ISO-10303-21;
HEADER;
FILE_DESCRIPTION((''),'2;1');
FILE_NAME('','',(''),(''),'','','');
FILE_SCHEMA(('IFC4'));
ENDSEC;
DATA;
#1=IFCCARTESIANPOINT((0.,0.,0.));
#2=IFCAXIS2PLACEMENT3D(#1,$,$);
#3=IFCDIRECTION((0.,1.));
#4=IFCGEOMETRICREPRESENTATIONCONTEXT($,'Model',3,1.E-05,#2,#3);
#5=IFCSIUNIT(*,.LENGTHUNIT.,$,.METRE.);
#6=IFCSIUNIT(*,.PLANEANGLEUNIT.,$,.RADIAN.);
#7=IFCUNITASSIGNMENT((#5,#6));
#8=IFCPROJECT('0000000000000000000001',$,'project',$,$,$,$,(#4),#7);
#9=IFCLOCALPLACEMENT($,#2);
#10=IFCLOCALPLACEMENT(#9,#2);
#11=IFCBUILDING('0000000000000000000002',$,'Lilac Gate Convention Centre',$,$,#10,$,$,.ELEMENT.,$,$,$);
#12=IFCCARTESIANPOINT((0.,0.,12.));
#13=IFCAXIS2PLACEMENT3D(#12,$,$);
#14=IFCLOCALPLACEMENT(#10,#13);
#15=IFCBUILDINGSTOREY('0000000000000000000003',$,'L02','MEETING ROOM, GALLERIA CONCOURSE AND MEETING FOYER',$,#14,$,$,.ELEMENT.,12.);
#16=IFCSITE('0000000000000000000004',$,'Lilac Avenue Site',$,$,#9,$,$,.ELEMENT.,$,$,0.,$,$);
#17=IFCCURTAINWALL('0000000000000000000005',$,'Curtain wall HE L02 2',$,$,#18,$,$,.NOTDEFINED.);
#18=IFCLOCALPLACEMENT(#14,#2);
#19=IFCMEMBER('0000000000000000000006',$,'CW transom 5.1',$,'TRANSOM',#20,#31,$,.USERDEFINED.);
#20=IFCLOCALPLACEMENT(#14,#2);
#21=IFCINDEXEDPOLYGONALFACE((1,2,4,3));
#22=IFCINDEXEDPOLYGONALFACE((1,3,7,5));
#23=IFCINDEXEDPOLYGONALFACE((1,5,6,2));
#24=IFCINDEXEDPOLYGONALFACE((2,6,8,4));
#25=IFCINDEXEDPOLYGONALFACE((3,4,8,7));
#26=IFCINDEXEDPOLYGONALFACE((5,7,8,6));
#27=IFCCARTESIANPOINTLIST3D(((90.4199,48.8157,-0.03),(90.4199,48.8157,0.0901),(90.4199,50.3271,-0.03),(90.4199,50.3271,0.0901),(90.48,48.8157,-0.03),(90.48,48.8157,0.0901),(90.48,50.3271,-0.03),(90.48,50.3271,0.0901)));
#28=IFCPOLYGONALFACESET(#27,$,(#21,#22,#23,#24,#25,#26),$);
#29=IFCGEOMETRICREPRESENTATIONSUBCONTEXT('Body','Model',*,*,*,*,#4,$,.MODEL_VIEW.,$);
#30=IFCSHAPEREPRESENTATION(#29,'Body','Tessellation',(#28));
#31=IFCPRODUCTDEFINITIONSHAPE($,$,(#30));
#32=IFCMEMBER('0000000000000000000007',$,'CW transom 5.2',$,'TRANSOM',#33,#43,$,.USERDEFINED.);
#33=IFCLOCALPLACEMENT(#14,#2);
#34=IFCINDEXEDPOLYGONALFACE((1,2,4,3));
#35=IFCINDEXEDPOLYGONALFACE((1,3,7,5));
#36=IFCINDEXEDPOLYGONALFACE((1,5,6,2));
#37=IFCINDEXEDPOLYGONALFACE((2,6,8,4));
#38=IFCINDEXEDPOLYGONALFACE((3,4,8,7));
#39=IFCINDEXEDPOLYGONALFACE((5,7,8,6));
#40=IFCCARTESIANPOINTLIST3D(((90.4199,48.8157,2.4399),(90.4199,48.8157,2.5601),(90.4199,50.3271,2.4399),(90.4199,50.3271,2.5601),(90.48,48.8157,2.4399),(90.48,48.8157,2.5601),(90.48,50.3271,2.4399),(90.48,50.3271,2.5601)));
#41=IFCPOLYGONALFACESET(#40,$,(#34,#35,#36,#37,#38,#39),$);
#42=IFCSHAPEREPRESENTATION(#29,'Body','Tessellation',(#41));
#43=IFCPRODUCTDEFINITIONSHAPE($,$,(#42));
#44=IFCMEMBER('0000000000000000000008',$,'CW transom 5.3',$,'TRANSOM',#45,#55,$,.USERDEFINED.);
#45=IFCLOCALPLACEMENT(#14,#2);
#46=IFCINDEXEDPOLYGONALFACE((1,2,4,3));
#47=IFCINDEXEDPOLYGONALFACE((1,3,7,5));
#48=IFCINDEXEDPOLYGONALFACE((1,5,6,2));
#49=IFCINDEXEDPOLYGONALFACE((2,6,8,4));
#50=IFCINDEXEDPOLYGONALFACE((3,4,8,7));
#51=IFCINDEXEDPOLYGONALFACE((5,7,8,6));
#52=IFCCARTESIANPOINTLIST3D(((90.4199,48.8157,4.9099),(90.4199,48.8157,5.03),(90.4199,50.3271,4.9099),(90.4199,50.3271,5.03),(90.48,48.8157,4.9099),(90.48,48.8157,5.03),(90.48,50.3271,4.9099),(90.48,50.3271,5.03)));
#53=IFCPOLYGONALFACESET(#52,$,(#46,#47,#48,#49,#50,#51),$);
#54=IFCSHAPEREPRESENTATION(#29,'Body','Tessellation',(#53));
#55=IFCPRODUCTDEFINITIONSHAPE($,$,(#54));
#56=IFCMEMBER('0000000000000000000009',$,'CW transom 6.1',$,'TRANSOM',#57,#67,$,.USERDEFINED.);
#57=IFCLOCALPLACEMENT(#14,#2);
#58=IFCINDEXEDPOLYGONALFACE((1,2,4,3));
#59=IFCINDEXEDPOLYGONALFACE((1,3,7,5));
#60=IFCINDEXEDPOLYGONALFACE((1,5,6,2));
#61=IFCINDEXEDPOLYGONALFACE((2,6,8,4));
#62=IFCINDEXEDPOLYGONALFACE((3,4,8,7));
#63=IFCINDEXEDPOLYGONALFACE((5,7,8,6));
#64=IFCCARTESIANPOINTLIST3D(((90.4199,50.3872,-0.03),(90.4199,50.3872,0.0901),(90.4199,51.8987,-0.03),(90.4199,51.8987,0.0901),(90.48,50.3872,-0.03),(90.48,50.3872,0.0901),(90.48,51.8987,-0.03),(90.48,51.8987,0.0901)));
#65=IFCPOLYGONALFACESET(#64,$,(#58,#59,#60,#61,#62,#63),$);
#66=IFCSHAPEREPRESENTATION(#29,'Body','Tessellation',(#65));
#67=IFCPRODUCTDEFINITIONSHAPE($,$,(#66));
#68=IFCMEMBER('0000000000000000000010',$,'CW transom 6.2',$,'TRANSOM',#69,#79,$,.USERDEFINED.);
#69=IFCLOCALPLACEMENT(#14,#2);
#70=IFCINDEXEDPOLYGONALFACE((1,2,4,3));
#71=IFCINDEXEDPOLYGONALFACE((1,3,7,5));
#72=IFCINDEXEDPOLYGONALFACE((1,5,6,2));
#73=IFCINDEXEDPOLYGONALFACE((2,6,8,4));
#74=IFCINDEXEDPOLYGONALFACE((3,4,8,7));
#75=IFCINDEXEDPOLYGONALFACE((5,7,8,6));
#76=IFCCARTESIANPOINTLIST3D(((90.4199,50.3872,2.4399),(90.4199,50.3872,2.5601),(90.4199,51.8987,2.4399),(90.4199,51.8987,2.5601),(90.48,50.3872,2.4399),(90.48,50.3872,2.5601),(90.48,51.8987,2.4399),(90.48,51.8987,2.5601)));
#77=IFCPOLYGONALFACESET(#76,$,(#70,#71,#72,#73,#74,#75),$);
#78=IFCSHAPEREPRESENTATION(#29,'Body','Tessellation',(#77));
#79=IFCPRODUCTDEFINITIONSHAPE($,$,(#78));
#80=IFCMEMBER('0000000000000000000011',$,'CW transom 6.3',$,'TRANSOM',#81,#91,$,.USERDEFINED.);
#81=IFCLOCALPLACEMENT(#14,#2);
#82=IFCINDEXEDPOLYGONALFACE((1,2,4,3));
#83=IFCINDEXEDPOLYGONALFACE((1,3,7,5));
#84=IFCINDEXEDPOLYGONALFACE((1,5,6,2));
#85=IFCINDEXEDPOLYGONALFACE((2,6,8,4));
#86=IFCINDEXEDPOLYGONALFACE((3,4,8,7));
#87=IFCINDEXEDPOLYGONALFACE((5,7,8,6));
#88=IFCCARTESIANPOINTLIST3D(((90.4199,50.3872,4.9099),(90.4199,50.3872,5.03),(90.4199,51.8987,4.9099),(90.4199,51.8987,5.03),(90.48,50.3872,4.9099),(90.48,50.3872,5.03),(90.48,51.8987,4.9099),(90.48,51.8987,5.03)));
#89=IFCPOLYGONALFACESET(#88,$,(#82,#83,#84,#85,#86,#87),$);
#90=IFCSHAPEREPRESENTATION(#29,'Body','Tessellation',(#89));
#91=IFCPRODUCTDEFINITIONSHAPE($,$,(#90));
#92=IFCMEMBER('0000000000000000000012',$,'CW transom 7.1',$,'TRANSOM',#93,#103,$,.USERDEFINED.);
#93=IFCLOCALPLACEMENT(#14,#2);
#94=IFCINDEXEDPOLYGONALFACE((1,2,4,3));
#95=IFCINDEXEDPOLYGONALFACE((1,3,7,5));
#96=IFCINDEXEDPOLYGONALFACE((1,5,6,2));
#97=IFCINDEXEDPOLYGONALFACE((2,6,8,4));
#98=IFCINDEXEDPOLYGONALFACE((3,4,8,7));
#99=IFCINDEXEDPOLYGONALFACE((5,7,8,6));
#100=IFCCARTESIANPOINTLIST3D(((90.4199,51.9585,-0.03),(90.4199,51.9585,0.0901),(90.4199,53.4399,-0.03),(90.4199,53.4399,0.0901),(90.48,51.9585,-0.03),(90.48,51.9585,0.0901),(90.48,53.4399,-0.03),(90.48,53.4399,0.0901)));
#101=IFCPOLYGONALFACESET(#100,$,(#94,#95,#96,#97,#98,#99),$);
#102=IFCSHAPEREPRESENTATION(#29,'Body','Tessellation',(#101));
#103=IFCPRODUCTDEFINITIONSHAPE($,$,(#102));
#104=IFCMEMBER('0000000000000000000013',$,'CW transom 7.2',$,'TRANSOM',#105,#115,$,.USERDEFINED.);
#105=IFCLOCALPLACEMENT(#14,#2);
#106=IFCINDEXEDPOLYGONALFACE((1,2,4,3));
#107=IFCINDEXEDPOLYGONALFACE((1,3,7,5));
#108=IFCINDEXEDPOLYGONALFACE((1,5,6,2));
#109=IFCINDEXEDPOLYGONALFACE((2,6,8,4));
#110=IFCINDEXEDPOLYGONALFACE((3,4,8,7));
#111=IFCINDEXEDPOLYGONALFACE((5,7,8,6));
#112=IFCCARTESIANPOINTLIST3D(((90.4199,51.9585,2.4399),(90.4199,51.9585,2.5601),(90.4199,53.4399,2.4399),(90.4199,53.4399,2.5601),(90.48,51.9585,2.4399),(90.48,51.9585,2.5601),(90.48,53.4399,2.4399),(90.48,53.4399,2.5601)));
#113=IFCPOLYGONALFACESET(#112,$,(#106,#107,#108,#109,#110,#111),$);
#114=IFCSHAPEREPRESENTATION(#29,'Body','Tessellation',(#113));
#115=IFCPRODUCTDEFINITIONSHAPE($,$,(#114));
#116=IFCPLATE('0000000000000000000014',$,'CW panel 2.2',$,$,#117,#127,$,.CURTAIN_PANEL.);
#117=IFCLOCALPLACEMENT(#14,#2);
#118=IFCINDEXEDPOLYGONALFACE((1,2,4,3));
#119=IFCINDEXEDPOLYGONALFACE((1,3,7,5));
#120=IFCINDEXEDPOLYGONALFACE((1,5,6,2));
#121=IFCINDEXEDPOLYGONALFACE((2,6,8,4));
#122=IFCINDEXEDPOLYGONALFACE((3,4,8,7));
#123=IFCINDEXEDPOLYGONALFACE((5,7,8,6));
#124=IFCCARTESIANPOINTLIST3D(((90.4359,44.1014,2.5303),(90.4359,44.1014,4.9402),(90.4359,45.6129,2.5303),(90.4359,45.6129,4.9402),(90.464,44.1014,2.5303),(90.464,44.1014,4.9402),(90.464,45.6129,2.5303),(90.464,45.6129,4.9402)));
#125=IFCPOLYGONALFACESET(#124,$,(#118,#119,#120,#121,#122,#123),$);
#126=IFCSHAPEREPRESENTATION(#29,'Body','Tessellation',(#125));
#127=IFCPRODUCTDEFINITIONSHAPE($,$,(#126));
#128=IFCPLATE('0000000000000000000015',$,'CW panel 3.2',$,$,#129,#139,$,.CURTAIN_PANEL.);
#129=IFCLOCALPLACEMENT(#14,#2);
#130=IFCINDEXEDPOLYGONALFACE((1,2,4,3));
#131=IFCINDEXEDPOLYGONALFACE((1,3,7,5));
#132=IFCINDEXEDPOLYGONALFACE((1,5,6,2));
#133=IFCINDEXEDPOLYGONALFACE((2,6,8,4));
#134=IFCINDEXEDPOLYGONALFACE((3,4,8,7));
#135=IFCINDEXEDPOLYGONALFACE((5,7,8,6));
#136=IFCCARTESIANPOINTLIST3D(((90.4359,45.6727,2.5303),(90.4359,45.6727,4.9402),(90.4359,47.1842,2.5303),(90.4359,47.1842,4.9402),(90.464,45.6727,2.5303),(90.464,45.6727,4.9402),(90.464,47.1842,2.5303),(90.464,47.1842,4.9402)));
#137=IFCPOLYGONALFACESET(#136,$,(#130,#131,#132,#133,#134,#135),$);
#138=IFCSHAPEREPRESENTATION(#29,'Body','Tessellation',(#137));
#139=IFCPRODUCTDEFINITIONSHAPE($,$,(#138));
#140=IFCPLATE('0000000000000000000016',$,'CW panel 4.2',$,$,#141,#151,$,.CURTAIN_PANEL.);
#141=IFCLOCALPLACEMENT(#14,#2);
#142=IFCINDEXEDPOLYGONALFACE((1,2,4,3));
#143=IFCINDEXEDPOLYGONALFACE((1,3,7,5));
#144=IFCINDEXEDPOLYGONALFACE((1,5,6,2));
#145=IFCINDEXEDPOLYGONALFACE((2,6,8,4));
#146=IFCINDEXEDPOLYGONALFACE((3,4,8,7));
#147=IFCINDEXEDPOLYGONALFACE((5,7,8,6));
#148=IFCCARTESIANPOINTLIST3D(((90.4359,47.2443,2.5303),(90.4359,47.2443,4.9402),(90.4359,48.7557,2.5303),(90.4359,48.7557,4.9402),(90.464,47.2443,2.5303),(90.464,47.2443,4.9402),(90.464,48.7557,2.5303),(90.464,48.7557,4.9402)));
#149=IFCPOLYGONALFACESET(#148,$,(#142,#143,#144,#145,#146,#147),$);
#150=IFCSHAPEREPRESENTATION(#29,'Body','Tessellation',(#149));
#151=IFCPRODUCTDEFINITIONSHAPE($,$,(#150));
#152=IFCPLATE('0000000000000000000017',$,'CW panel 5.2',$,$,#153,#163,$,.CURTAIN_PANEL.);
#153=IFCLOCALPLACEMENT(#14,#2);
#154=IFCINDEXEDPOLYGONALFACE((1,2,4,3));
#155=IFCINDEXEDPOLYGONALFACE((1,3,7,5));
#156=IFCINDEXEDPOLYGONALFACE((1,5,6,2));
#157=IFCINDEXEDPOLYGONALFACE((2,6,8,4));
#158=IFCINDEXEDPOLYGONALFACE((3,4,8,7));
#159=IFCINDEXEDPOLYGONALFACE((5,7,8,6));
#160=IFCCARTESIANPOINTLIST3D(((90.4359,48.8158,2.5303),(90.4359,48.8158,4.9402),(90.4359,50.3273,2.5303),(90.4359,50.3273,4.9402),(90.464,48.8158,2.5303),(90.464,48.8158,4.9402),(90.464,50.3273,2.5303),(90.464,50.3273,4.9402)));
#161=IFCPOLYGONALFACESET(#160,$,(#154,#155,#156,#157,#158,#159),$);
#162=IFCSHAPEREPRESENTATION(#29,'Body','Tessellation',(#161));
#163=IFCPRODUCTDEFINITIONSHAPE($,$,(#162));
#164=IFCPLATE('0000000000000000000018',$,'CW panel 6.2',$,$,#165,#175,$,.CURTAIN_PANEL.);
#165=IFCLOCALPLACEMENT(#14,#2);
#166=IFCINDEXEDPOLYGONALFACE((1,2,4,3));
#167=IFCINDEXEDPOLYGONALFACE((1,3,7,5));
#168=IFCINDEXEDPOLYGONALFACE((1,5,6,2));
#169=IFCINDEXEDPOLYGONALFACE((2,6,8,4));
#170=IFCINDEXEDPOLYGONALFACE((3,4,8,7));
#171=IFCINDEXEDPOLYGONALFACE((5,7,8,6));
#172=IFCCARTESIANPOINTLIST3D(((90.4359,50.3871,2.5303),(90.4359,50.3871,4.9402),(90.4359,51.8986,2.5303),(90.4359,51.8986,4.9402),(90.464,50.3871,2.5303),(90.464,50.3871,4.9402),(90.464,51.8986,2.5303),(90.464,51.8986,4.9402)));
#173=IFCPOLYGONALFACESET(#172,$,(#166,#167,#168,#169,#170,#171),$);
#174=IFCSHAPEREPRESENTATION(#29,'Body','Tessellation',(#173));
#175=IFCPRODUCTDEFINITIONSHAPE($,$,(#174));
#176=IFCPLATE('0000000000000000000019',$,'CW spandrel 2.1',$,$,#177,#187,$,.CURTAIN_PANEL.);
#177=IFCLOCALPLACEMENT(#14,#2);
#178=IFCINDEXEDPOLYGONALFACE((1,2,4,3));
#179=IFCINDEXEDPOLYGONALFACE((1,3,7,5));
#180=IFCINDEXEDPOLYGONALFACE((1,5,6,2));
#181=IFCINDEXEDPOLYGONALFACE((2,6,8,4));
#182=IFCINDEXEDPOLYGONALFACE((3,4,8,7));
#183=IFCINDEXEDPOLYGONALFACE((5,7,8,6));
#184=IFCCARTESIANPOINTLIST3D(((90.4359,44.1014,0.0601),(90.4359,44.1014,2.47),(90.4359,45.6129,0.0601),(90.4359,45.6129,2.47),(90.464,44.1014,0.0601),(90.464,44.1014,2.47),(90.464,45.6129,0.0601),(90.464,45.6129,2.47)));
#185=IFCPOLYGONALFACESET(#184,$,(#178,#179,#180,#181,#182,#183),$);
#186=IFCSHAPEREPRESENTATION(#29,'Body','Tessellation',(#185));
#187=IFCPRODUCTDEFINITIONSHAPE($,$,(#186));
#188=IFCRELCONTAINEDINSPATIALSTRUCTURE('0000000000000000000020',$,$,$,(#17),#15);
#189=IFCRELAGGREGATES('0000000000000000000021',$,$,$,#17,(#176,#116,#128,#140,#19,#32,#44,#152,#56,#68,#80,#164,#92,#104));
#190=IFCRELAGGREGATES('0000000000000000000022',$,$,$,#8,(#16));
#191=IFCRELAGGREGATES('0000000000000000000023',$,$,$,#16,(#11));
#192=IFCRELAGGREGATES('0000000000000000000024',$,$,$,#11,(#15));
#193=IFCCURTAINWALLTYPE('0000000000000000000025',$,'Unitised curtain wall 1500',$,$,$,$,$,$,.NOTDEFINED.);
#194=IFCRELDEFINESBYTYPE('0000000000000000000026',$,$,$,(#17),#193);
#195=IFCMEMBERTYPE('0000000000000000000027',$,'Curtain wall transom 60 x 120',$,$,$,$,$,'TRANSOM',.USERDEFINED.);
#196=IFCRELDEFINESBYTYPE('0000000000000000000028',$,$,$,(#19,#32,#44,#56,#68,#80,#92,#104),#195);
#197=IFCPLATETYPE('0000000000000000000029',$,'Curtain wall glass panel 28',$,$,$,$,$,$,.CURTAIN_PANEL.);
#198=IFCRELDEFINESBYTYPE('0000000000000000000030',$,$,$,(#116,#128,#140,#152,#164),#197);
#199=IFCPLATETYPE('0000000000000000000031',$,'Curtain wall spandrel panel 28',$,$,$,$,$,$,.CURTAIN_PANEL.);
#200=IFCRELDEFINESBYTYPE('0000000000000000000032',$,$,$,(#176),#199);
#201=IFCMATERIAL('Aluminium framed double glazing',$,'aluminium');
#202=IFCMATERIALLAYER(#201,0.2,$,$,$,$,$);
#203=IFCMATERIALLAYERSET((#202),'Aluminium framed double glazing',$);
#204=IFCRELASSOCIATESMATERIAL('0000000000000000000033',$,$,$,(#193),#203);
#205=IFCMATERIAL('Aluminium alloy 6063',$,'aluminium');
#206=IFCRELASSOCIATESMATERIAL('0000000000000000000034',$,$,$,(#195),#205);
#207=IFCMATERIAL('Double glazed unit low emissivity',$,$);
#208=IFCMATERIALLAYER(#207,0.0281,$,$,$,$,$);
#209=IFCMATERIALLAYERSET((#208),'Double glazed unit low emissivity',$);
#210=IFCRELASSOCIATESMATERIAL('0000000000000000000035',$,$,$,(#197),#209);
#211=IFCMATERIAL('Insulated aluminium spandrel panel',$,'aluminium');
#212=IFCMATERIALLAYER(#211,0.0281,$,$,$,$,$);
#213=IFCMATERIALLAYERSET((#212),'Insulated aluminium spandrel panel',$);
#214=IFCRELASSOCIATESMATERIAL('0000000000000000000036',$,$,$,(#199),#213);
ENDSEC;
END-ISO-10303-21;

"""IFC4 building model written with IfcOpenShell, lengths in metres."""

from ifc_helpers import new_model, si_unit, direction, frame, origin, origin_2d, place, context, subcontext, project, spatial, rectangle, extrude, material, layer, layer_set, material_profile, profile_set, type_object, element, aggregate, save


model = new_model("IFC4")

# Units and contexts
model_context = context("Model", 3, precision=1e-05, world=origin(), true_north=direction((0.0, 1.0)))
body_context = subcontext(model_context, "Body", "Model", "MODEL_VIEW")
ifc_project = project(units=[si_unit("LENGTHUNIT", "METRE"), si_unit("PLANEANGLEUNIT", "RADIAN")], contexts=[model_context])

# Site, building, storey
site_placement = place(None, origin())
site = spatial("IfcSite", under=ifc_project, at=site_placement, Name="Lilac Avenue Site", CompositionType="ELEMENT", RefElevation=0.0)
building_placement = place(site_placement, origin())
building = spatial("IfcBuilding", under=site, at=building_placement, Name="Lilac Gate Convention Centre", CompositionType="ELEMENT")
storey_placement = place(building_placement, frame((0.0, 0.0, 12.0)))
storey = spatial("IfcBuildingStorey", under=building, at=storey_placement, Name="L02", Description="MEETING ROOM, GALLERIA CONCOURSE AND MEETING FOYER", CompositionType="ELEMENT", Elevation=12.0)

# Curtain wall, members, plates
ifc_material_1 = material(Name="Aluminium framed double glazing", Category="aluminium")
ifc_layer_1 = layer(ifc_material_1, 0.2)
ifc_layer_set_1 = layer_set([ifc_layer_1], Name="Aluminium framed double glazing")
curtain_wall_type = type_object("IfcCurtainWallType", Name="Unitised curtain wall 1500", PredefinedType="NOTDEFINED", material=ifc_layer_set_1)
curtain_wall_placement = place(storey_placement, origin())
curtain_wall = element("IfcCurtainWall", 1, at=curtain_wall_placement, inside=storey, type_object=curtain_wall_type, Name="Curtain wall HE L02 2", PredefinedType="NOTDEFINED")
ifc_material_2 = material(Name="Aluminium alloy 6063", Category="aluminium")
ifc_material_profile_1 = material_profile(ifc_material_2, rectangle(XDim=0.0601, YDim=0.1201, at=origin_2d()), Name="Curtain wall transom 60 x 120")
ifc_profile_set_1 = profile_set([ifc_material_profile_1], Name="Aluminium alloy 6063")
member_type_1 = type_object("IfcMemberType", Name="Curtain wall transom 60 x 120", ElementType="TRANSOM", PredefinedType="USERDEFINED", material=ifc_profile_set_1)
member_1_placement = place(storey_placement, frame((90.45, 48.8157, 0.03), z_axis=(0.0, 1.0, 0.0), x_axis=(-1.0, 0.0, 0.0)))
member_1 = element("IfcMember", 2, at=member_1_placement, type_object=member_type_1, Name="CW transom 5.1", ObjectType="TRANSOM", PredefinedType="USERDEFINED", context=body_context, shape_type="SweptSolid", body=[
    extrude(rectangle(XDim=0.0601, YDim=0.1201, at=origin_2d()), origin(), (0.0, 0.0, 1.0), 1.5115),
])
member_2_placement = place(storey_placement, frame((90.45, 48.8157, 2.5), z_axis=(0.0, 1.0, 0.0), x_axis=(-1.0, 0.0, 0.0)))
member_2 = element("IfcMember", 3, at=member_2_placement, type_object=member_type_1, Name="CW transom 5.2", ObjectType="TRANSOM", PredefinedType="USERDEFINED", context=body_context, shape_type="SweptSolid", body=[
    extrude(rectangle(XDim=0.0601, YDim=0.1201, at=origin_2d()), origin(), (0.0, 0.0, 1.0), 1.5115),
])
member_3_placement = place(storey_placement, frame((90.45, 48.8157, 4.97), z_axis=(0.0, 1.0, 0.0), x_axis=(-1.0, 0.0, 0.0)))
member_3 = element("IfcMember", 4, at=member_3_placement, type_object=member_type_1, Name="CW transom 5.3", ObjectType="TRANSOM", PredefinedType="USERDEFINED", context=body_context, shape_type="SweptSolid", body=[
    extrude(rectangle(XDim=0.0601, YDim=0.1201, at=origin_2d()), origin(), (0.0, 0.0, 1.0), 1.5115),
])
member_4_placement = place(storey_placement, frame((90.45, 50.3872, 0.03), z_axis=(0.0, 1.0, 0.0), x_axis=(-1.0, 0.0, 0.0)))
member_4 = element("IfcMember", 5, at=member_4_placement, type_object=member_type_1, Name="CW transom 6.1", ObjectType="TRANSOM", PredefinedType="USERDEFINED", context=body_context, shape_type="SweptSolid", body=[
    extrude(rectangle(XDim=0.0601, YDim=0.1201, at=origin_2d()), origin(), (0.0, 0.0, 1.0), 1.5115),
])
member_5_placement = place(storey_placement, frame((90.45, 50.3872, 2.5), z_axis=(0.0, 1.0, 0.0), x_axis=(-1.0, 0.0, 0.0)))
member_5 = element("IfcMember", 6, at=member_5_placement, type_object=member_type_1, Name="CW transom 6.2", ObjectType="TRANSOM", PredefinedType="USERDEFINED", context=body_context, shape_type="SweptSolid", body=[
    extrude(rectangle(XDim=0.0601, YDim=0.1201, at=origin_2d()), origin(), (0.0, 0.0, 1.0), 1.5115),
])
member_6_placement = place(storey_placement, frame((90.45, 50.3872, 4.97), z_axis=(0.0, 1.0, 0.0), x_axis=(-1.0, 0.0, 0.0)))
member_6 = element("IfcMember", 7, at=member_6_placement, type_object=member_type_1, Name="CW transom 6.3", ObjectType="TRANSOM", PredefinedType="USERDEFINED", context=body_context, shape_type="SweptSolid", body=[
    extrude(rectangle(XDim=0.0601, YDim=0.1201, at=origin_2d()), origin(), (0.0, 0.0, 1.0), 1.5115),
])
member_7_placement = place(storey_placement, frame((90.45, 51.9585, 0.03), z_axis=(0.0, 1.0, 0.0), x_axis=(-1.0, 0.0, 0.0)))
member_7 = element("IfcMember", 8, at=member_7_placement, type_object=member_type_1, Name="CW transom 7.1", ObjectType="TRANSOM", PredefinedType="USERDEFINED", context=body_context, shape_type="SweptSolid", body=[
    extrude(rectangle(XDim=0.0601, YDim=0.1201, at=origin_2d()), origin(), (0.0, 0.0, 1.0), 1.4814),
])
member_8_placement = place(storey_placement, frame((90.45, 51.9585, 2.5), z_axis=(0.0, 1.0, 0.0), x_axis=(-1.0, 0.0, 0.0)))
member_8 = element("IfcMember", 9, at=member_8_placement, type_object=member_type_1, Name="CW transom 7.2", ObjectType="TRANSOM", PredefinedType="USERDEFINED", context=body_context, shape_type="SweptSolid", body=[
    extrude(rectangle(XDim=0.0601, YDim=0.1201, at=origin_2d()), origin(), (0.0, 0.0, 1.0), 1.4814),
])
ifc_material_3 = material(Name="Double glazed unit low emissivity")
ifc_layer_2 = layer(ifc_material_3, 0.0281)
ifc_layer_set_2 = layer_set([ifc_layer_2], Name="Double glazed unit low emissivity")
plate_type_1 = type_object("IfcPlateType", Name="Curtain wall glass panel 28", PredefinedType="CURTAIN_PANEL", material=ifc_layer_set_2)
plate_1_placement = place(storey_placement, frame((90.45, 44.8572, 2.5303), z_axis=(0.0, 0.0, 1.0), x_axis=(0.0, 1.0, 0.0)))
plate_1 = element("IfcPlate", 10, at=plate_1_placement, type_object=plate_type_1, Name="CW panel 2.2", PredefinedType="CURTAIN_PANEL", context=body_context, shape_type="SweptSolid", body=[
    extrude(rectangle(XDim=1.5115, YDim=0.0281, at=origin_2d()), origin(), (0.0, 0.0, 1.0), 2.4099),
])
plate_2_placement = place(storey_placement, frame((90.45, 46.4285, 2.5303), z_axis=(0.0, 0.0, 1.0), x_axis=(0.0, 1.0, 0.0)))
plate_2 = element("IfcPlate", 11, at=plate_2_placement, type_object=plate_type_1, Name="CW panel 3.2", PredefinedType="CURTAIN_PANEL", context=body_context, shape_type="SweptSolid", body=[
    extrude(rectangle(XDim=1.5115, YDim=0.0281, at=origin_2d()), origin(), (0.0, 0.0, 1.0), 2.4099),
])
plate_3_placement = place(storey_placement, frame((90.45, 48.0, 2.5303), z_axis=(0.0, 0.0, 1.0), x_axis=(0.0, 1.0, 0.0)))
plate_3 = element("IfcPlate", 12, at=plate_3_placement, type_object=plate_type_1, Name="CW panel 4.2", PredefinedType="CURTAIN_PANEL", context=body_context, shape_type="SweptSolid", body=[
    extrude(rectangle(XDim=1.5115, YDim=0.0281, at=origin_2d()), origin(), (0.0, 0.0, 1.0), 2.4099),
])
plate_4_placement = place(storey_placement, frame((90.45, 49.5715, 2.5303), z_axis=(0.0, 0.0, 1.0), x_axis=(0.0, 1.0, 0.0)))
plate_4 = element("IfcPlate", 13, at=plate_4_placement, type_object=plate_type_1, Name="CW panel 5.2", PredefinedType="CURTAIN_PANEL", context=body_context, shape_type="SweptSolid", body=[
    extrude(rectangle(XDim=1.5115, YDim=0.0281, at=origin_2d()), origin(), (0.0, 0.0, 1.0), 2.4099),
])
plate_5_placement = place(storey_placement, frame((90.45, 51.1428, 2.5303), z_axis=(0.0, 0.0, 1.0), x_axis=(0.0, 1.0, 0.0)))
plate_5 = element("IfcPlate", 14, at=plate_5_placement, type_object=plate_type_1, Name="CW panel 6.2", PredefinedType="CURTAIN_PANEL", context=body_context, shape_type="SweptSolid", body=[
    extrude(rectangle(XDim=1.5115, YDim=0.0281, at=origin_2d()), origin(), (0.0, 0.0, 1.0), 2.4099),
])
ifc_material_4 = material(Name="Insulated aluminium spandrel panel", Category="aluminium")
ifc_layer_3 = layer(ifc_material_4, 0.0281)
ifc_layer_set_3 = layer_set([ifc_layer_3], Name="Insulated aluminium spandrel panel")
plate_type_2 = type_object("IfcPlateType", Name="Curtain wall spandrel panel 28", PredefinedType="CURTAIN_PANEL", material=ifc_layer_set_3)
plate_6_placement = place(storey_placement, frame((90.45, 44.8572, 0.0601), z_axis=(0.0, 0.0, 1.0), x_axis=(0.0, 1.0, 0.0)))
plate_6 = element("IfcPlate", 15, at=plate_6_placement, type_object=plate_type_2, Name="CW spandrel 2.1", PredefinedType="CURTAIN_PANEL", context=body_context, shape_type="SweptSolid", body=[
    extrude(rectangle(XDim=1.5115, YDim=0.0281, at=origin_2d()), origin(), (0.0, 0.0, 1.0), 2.4099),
])
aggregate(curtain_wall, [plate_6, plate_1, plate_2, plate_3, member_1, member_2, member_3, plate_4, member_4, member_5, member_6, plate_5, member_7, member_8])

save(model, "model.ifc")
